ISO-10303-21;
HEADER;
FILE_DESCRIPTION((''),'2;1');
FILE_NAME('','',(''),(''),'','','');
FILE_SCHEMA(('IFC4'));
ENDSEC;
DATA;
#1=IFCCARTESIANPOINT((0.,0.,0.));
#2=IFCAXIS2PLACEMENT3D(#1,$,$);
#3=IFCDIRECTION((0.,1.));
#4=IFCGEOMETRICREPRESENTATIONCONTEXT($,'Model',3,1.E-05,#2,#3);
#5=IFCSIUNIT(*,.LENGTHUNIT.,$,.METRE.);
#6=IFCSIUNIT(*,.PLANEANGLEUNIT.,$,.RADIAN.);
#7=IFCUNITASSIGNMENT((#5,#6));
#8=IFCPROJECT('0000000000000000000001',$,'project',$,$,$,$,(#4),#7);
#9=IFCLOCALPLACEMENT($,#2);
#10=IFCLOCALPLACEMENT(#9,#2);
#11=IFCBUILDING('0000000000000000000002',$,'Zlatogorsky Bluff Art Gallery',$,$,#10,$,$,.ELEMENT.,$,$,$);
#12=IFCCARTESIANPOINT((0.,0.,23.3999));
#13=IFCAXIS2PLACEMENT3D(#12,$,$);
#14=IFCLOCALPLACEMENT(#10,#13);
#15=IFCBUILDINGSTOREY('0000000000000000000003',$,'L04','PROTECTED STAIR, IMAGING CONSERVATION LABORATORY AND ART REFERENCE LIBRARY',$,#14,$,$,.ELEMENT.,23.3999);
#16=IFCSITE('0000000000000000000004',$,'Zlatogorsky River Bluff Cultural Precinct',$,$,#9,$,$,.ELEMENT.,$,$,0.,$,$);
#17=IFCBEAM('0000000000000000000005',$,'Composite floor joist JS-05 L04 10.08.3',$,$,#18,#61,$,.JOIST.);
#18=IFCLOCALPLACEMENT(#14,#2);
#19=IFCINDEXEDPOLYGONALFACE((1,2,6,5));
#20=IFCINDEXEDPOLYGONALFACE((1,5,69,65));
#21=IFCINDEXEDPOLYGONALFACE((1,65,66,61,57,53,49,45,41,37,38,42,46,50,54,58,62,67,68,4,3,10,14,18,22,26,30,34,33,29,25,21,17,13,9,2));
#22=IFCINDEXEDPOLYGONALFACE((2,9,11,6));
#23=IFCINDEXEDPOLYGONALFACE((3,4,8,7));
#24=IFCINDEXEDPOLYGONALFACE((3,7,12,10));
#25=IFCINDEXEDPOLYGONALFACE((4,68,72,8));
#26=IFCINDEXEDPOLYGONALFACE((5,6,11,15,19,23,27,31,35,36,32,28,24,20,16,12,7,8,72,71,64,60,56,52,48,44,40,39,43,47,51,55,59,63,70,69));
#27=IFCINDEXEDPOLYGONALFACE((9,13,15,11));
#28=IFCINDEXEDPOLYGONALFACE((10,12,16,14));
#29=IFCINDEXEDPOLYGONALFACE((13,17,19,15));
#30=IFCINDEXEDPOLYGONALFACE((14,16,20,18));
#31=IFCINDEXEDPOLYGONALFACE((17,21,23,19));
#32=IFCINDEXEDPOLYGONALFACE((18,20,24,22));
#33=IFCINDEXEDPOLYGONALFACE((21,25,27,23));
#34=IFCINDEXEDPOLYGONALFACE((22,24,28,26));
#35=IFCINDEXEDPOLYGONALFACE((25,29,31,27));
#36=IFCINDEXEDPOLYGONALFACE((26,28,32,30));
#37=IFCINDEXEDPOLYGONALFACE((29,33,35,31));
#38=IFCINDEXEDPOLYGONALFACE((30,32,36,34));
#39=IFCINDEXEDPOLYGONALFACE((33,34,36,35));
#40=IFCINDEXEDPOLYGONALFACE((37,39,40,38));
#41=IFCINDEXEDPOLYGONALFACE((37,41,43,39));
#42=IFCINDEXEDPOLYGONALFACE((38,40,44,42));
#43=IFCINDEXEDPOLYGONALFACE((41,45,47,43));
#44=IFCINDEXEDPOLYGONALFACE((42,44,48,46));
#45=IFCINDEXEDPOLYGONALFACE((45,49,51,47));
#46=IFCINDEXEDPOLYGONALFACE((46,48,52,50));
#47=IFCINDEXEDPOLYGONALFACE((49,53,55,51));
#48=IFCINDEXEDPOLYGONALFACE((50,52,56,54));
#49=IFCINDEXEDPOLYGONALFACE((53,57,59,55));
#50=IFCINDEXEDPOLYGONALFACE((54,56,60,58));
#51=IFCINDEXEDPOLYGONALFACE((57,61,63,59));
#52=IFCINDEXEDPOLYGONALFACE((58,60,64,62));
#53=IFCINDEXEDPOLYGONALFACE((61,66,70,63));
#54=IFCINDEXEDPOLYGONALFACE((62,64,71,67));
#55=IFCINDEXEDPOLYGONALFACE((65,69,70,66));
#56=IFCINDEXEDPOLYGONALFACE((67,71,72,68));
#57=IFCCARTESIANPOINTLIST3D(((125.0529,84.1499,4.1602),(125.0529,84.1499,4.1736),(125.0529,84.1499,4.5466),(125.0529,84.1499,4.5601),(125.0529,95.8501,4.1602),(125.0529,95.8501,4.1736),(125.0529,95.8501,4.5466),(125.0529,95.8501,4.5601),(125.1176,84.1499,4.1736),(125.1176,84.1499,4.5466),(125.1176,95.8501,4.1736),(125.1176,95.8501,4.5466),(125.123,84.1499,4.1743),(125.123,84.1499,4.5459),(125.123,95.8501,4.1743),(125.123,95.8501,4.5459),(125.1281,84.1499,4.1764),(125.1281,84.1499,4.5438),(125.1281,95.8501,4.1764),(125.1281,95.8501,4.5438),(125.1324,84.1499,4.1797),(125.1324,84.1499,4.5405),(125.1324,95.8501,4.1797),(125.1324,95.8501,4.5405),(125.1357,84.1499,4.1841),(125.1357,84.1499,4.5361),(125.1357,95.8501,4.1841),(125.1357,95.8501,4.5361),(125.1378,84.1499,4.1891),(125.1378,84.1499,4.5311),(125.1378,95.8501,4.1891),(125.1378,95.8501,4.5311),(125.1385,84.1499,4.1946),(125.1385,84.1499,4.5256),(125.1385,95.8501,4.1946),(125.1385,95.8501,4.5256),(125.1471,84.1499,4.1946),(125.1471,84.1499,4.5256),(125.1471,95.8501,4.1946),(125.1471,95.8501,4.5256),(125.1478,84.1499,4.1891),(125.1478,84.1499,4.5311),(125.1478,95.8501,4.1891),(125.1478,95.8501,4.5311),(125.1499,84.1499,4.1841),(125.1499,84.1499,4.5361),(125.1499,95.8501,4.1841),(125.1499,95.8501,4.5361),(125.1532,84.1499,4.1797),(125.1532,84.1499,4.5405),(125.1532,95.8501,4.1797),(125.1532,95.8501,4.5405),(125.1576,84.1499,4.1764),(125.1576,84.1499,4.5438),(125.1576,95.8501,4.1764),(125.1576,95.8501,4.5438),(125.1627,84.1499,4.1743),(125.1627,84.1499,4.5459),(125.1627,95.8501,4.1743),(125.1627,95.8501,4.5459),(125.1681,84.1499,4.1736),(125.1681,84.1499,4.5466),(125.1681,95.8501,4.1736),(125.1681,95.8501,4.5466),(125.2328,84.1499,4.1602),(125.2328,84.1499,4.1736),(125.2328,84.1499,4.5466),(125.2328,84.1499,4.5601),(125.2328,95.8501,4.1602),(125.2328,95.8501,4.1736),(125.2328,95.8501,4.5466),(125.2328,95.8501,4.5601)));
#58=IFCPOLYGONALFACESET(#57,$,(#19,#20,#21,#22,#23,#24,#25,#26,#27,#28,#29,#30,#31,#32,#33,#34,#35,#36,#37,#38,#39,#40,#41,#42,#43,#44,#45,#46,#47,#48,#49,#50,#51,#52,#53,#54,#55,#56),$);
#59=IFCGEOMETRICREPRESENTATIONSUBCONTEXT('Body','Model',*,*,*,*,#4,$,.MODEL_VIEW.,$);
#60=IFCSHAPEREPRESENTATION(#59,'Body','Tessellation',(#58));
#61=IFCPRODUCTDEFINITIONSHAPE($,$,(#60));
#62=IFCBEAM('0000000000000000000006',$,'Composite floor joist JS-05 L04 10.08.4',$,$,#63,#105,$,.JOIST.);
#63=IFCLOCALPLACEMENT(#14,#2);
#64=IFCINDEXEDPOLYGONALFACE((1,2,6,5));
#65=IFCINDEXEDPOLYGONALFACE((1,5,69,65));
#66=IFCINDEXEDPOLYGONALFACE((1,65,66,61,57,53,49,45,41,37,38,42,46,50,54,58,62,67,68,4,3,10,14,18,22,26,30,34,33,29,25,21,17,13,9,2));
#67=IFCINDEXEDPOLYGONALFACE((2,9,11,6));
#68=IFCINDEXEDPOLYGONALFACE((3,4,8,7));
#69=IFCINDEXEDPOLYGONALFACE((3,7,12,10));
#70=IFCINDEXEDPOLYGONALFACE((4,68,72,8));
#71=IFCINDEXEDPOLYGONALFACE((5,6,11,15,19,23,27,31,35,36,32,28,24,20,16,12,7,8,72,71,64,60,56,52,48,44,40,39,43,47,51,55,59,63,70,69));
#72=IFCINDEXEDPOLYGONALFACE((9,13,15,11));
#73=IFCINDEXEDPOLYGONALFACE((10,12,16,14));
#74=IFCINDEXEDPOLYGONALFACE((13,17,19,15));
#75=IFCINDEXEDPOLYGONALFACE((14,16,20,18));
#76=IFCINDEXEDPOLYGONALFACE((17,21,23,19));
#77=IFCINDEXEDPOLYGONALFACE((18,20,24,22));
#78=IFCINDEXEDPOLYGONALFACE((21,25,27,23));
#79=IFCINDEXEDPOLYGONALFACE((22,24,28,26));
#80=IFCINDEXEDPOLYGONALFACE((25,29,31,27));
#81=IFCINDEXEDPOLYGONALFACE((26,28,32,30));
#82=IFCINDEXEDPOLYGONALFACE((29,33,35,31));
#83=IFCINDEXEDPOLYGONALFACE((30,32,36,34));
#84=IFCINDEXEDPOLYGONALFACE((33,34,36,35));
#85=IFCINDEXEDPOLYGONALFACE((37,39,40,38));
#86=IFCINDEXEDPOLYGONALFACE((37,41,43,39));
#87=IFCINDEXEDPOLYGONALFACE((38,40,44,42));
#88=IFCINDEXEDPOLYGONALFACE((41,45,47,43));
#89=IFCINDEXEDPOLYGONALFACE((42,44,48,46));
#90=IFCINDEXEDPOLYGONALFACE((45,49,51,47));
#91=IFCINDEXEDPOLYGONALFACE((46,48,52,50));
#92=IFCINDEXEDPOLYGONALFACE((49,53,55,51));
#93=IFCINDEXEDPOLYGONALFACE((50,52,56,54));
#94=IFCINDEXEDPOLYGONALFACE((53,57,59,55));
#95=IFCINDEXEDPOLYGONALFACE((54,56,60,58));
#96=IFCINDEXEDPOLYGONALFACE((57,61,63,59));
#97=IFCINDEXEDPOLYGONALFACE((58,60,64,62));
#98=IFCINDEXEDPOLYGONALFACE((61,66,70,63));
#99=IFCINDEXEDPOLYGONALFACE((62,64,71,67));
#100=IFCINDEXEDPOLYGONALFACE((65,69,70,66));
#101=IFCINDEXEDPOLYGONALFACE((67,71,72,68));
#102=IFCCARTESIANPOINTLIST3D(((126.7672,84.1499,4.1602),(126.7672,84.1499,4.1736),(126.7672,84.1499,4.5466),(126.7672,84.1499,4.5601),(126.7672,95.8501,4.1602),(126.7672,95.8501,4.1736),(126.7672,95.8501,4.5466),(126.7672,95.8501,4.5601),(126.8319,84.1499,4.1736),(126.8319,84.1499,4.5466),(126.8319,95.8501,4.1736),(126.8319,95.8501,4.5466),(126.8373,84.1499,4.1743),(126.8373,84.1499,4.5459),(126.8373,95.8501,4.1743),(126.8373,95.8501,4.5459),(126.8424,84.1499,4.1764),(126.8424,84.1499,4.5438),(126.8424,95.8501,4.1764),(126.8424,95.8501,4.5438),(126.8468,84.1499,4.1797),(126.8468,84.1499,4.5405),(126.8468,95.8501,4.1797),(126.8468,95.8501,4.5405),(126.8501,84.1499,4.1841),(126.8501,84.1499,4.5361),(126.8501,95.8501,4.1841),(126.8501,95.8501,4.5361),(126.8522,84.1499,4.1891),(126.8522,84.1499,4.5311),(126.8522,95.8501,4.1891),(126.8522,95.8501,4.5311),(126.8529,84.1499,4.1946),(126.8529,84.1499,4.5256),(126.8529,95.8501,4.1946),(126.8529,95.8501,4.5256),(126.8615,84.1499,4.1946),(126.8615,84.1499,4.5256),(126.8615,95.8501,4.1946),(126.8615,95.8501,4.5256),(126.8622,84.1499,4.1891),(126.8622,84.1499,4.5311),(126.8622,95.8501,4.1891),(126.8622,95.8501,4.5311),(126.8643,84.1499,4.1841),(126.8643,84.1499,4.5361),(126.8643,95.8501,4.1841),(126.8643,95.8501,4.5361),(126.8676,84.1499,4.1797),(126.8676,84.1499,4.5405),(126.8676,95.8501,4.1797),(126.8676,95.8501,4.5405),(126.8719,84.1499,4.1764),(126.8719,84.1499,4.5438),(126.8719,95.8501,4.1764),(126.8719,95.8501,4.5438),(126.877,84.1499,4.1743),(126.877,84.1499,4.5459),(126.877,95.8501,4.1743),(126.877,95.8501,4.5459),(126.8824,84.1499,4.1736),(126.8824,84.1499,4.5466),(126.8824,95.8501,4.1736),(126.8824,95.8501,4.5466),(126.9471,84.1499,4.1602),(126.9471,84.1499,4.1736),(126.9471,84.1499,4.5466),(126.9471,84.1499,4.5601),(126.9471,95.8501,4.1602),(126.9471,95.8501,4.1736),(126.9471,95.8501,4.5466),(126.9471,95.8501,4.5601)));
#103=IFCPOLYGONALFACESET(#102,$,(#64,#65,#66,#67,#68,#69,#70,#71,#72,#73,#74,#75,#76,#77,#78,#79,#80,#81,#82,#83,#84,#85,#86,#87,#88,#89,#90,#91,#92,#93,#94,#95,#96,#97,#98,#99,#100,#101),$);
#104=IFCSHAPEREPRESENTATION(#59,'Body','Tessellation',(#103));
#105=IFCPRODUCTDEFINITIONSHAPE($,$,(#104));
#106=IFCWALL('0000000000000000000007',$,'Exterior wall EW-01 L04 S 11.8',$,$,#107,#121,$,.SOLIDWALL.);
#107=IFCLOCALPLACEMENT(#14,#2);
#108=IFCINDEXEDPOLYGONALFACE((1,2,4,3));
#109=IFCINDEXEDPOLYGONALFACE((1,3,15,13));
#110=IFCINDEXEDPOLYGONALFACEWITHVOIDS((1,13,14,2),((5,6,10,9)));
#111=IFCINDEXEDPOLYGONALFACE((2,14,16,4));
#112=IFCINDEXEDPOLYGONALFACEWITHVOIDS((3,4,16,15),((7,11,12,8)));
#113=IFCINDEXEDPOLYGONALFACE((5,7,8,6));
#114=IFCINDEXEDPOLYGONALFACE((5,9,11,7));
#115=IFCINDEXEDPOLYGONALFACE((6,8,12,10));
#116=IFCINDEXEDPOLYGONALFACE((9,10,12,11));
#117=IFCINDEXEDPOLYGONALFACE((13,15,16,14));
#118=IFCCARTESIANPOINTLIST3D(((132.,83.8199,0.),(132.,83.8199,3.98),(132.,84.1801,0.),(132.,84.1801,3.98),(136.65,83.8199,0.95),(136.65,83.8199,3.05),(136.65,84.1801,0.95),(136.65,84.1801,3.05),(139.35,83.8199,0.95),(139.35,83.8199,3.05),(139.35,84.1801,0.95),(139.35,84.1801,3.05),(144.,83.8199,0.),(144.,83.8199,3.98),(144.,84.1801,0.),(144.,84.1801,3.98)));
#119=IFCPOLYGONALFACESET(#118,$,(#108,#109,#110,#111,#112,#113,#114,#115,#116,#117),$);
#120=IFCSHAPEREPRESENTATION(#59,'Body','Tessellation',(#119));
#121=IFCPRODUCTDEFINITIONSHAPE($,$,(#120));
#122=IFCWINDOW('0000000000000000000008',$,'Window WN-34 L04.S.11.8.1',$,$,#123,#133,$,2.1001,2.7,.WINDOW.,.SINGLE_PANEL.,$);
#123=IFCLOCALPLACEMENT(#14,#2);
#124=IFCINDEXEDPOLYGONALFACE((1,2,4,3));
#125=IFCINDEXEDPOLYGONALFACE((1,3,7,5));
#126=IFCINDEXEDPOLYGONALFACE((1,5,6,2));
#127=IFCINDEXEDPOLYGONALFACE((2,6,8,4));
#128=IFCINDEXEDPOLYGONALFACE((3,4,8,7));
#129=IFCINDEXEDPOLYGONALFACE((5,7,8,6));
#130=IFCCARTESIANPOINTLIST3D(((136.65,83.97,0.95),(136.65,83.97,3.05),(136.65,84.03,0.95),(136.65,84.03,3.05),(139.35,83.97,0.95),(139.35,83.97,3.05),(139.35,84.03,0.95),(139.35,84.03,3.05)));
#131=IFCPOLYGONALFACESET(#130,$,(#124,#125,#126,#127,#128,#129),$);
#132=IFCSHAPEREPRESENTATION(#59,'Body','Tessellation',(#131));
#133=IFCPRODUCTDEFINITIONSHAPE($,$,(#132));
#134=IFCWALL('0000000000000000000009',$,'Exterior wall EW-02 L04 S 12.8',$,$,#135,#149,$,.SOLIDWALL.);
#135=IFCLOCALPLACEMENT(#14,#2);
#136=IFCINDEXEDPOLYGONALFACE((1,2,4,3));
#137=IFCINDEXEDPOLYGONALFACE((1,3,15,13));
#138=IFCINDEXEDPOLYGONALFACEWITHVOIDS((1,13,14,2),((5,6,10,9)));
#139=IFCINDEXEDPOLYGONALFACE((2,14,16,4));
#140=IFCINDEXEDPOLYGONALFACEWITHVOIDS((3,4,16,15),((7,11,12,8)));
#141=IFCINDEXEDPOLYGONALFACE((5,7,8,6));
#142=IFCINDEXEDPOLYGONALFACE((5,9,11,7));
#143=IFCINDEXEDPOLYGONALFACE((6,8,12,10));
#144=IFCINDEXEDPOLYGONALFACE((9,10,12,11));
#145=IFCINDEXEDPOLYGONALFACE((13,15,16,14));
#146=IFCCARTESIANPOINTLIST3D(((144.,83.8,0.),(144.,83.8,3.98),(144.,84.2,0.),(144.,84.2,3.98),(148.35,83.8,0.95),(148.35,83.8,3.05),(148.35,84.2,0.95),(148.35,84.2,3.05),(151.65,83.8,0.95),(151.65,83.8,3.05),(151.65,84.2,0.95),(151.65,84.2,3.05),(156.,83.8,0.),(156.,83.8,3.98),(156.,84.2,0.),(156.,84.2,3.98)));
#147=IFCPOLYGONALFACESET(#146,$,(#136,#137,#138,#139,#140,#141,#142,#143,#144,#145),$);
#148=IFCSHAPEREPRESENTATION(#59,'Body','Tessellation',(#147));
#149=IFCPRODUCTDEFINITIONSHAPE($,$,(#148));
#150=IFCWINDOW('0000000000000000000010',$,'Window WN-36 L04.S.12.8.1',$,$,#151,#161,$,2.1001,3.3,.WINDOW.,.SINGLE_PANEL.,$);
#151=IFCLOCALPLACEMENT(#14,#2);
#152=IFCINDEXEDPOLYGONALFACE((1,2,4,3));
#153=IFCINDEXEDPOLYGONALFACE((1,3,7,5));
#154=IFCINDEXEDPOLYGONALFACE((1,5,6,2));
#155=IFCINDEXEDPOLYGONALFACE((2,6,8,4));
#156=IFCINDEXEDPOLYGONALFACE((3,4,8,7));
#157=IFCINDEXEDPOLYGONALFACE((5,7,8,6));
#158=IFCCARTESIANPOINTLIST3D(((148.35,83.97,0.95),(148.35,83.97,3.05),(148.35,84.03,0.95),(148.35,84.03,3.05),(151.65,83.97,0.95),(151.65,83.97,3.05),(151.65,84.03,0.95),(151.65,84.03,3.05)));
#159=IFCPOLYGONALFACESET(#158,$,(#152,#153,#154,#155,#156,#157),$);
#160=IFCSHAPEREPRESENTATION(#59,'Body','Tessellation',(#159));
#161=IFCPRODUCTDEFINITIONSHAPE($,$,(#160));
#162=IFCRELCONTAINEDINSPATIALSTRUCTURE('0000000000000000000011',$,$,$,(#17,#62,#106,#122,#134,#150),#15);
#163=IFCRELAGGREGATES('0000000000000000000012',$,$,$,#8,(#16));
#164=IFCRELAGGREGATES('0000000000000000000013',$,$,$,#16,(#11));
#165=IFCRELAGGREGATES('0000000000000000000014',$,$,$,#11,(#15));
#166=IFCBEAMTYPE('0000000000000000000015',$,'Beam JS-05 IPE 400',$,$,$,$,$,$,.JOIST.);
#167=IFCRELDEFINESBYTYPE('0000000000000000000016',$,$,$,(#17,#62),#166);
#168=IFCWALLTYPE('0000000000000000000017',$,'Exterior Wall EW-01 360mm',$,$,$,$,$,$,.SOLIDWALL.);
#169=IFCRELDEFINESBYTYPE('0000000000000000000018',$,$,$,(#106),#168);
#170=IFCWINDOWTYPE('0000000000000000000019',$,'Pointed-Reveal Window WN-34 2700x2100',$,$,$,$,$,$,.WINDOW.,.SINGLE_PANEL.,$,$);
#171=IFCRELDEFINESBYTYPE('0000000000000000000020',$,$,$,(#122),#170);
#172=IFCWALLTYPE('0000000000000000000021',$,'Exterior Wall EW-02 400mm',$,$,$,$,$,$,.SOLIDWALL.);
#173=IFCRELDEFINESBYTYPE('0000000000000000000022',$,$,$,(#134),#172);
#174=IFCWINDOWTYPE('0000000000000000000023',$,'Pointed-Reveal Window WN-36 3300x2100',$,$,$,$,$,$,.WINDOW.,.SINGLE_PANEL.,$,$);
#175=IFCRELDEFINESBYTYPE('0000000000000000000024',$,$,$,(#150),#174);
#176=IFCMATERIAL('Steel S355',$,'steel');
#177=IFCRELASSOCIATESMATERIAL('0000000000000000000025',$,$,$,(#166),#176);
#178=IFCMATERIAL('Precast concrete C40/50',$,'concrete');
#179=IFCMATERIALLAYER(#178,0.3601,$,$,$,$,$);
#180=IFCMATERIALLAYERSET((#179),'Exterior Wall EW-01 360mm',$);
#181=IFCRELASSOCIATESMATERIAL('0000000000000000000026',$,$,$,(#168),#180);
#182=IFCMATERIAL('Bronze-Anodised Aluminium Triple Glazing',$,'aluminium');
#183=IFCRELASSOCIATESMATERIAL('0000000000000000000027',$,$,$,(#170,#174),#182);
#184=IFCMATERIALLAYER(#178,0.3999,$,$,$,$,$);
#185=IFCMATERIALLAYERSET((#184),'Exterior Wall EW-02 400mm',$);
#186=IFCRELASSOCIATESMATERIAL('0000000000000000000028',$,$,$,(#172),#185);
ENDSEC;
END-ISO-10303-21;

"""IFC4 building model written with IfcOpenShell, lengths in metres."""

from ifc_helpers import new_model, si_unit, direction, frame, frame_2d, origin, origin_2d, place, context, subcontext, project, spatial, rectangle, i_section, extrude, material, layer, layer_set, material_profile, profile_set, type_object, element, fill, save


model = new_model("IFC4")

# Units and contexts
model_context = context("Model", 3, precision=1e-05, world=origin(), true_north=direction((0.0, 1.0)))
body_context = subcontext(model_context, "Body", "Model", "MODEL_VIEW")
ifc_project = project(units=[si_unit("LENGTHUNIT", "METRE"), si_unit("PLANEANGLEUNIT", "RADIAN")], contexts=[model_context])

# Site, building, storey
site_placement = place(None, origin())
site = spatial("IfcSite", under=ifc_project, at=site_placement, Name="Zlatogorsky River Bluff Cultural Precinct", CompositionType="ELEMENT", RefElevation=0.0)
building_placement = place(site_placement, origin())
building = spatial("IfcBuilding", under=site, at=building_placement, Name="Zlatogorsky Bluff Art Gallery", CompositionType="ELEMENT")
storey_placement = place(building_placement, frame((0.0, 0.0, 23.3999)))
storey = spatial("IfcBuildingStorey", under=building, at=storey_placement, Name="L04", Description="PROTECTED STAIR, IMAGING CONSERVATION LABORATORY AND ART REFERENCE LIBRARY", CompositionType="ELEMENT", Elevation=23.3999)

# Shared definitions
ifc_material_1 = material(Name="Steel S355", Category="steel")

# Beams
ifc_material_profile_1 = material_profile(ifc_material_1, i_section(OverallWidth=0.1799, OverallDepth=0.3999, WebThickness=0.0085, FlangeThickness=0.0134, FilletRadius=0.021, at=origin_2d()), Name="IPE 400")
ifc_profile_set_1 = profile_set([ifc_material_profile_1], Name="Steel S355")
beam_type_1 = type_object("IfcBeamType", Name="Beam JS-05 IPE 400", PredefinedType="JOIST", material=ifc_profile_set_1)
for number, where, z_axis, x_axis, name in (
    (1, (125.1428, 84.1499, 4.3601), (0.0, 1.0, 0.0), (-1.0, 0.0, 0.0), "Composite floor joist JS-05 L04 10.08.3"),
    (2, (126.8572, 84.1499, 4.3601), (0.0, 1.0, 0.0), (-1.0, 0.0, 0.0), "Composite floor joist JS-05 L04 10.08.4"),
):
    element("IfcBeam", number, at=place(storey_placement, frame(where, z_axis=z_axis, x_axis=x_axis)), inside=storey, type_object=beam_type_1, Name=name, PredefinedType="JOIST", context=body_context, shape_type="SweptSolid", body=[
        extrude(i_section(OverallWidth=0.1799, OverallDepth=0.3999, WebThickness=0.0085, FlangeThickness=0.0134, FilletRadius=0.021, at=origin_2d()), origin(), (0.0, 0.0, 1.0), 11.7002),
    ])

# Walls, openings, windows
ifc_material_2 = material(Name="Precast concrete C40/50", Category="concrete")
ifc_layer_1 = layer(ifc_material_2, 0.3601)
ifc_layer_set_1 = layer_set([ifc_layer_1], Name="Exterior Wall EW-01 360mm")
wall_type_1 = type_object("IfcWallType", Name="Exterior Wall EW-01 360mm", PredefinedType="SOLIDWALL", material=ifc_layer_set_1)
wall_1_placement = place(storey_placement, frame((132.0, 84.0, 0.0), z_axis=(0.0, 0.0, 1.0), x_axis=(1.0, 0.0, 0.0)))
wall_1 = element("IfcWall", 3, at=wall_1_placement, inside=storey, type_object=wall_type_1, Name="Exterior wall EW-01 L04 S 11.8", PredefinedType="SOLIDWALL", context=body_context, shape_type="SweptSolid", body=[
    extrude(rectangle(XDim=12.0, YDim=0.3601, at=frame_2d((6.0, 0.0))), origin(), (0.0, 0.0, 1.0), 3.98),
])
opening_1_placement = place(wall_1_placement, frame((4.6499, 0.0, 0.95)))
opening_1 = element("IfcOpeningElement", 4, at=opening_1_placement, cuts=wall_1, PredefinedType="OPENING", context=body_context, shape_type="SweptSolid", body=[
    extrude(rectangle(XDim=2.7, YDim=2.1001, at=frame_2d((1.3501, 1.05))), frame((0.0, 0.1899, 0.0), z_axis=(0.0, -1.0, 0.0), x_axis=(1.0, 0.0, 0.0)), (0.0, 0.0, 1.0), 0.3801),
])
ifc_material_3 = material(Name="Bronze-Anodised Aluminium Triple Glazing", Category="aluminium")
window_type_1 = type_object("IfcWindowType", Name="Pointed-Reveal Window WN-34 2700x2100", PartitioningType="SINGLE_PANEL", PredefinedType="WINDOW", material=ifc_material_3)
window_1_placement = place(opening_1_placement, origin())
window_1 = element("IfcWindow", 5, at=window_1_placement, inside=storey, type_object=window_type_1, Name="Window WN-34 L04.S.11.8.1", OverallHeight=2.1001, OverallWidth=2.7, PartitioningType="SINGLE_PANEL", PredefinedType="WINDOW", context=body_context, shape_type="SweptSolid", body=[
    extrude(rectangle(XDim=2.7, YDim=2.1001, at=frame_2d((1.3501, 1.05))), frame((0.0, 0.03, 0.0), z_axis=(0.0, -1.0, 0.0), x_axis=(1.0, 0.0, 0.0)), (0.0, 0.0, 1.0), 0.0601),
])
fill(opening_1, window_1)
ifc_layer_2 = layer(ifc_material_2, 0.3999)
ifc_layer_set_2 = layer_set([ifc_layer_2], Name="Exterior Wall EW-02 400mm")
wall_type_2 = type_object("IfcWallType", Name="Exterior Wall EW-02 400mm", PredefinedType="SOLIDWALL", material=ifc_layer_set_2)
wall_2_placement = place(storey_placement, frame((144.0, 84.0, 0.0), z_axis=(0.0, 0.0, 1.0), x_axis=(1.0, 0.0, 0.0)))
wall_2 = element("IfcWall", 6, at=wall_2_placement, inside=storey, type_object=wall_type_2, Name="Exterior wall EW-02 L04 S 12.8", PredefinedType="SOLIDWALL", context=body_context, shape_type="SweptSolid", body=[
    extrude(rectangle(XDim=12.0, YDim=0.3999, at=frame_2d((6.0, 0.0))), origin(), (0.0, 0.0, 1.0), 3.98),
])
opening_2_placement = place(wall_2_placement, frame((4.3501, 0.0, 0.95)))
opening_2 = element("IfcOpeningElement", 7, at=opening_2_placement, cuts=wall_2, PredefinedType="OPENING", context=body_context, shape_type="SweptSolid", body=[
    extrude(rectangle(XDim=3.3, YDim=2.1001, at=frame_2d((1.6499, 1.05))), frame((0.0, 0.21, 0.0), z_axis=(0.0, -1.0, 0.0), x_axis=(1.0, 0.0, 0.0)), (0.0, 0.0, 1.0), 0.4199),
])
window_type_2 = type_object("IfcWindowType", Name="Pointed-Reveal Window WN-36 3300x2100", PartitioningType="SINGLE_PANEL", PredefinedType="WINDOW", material=ifc_material_3)
window_2_placement = place(opening_2_placement, origin())
window_2 = element("IfcWindow", 8, at=window_2_placement, inside=storey, type_object=window_type_2, Name="Window WN-36 L04.S.12.8.1", OverallHeight=2.1001, OverallWidth=3.3, PartitioningType="SINGLE_PANEL", PredefinedType="WINDOW", context=body_context, shape_type="SweptSolid", body=[
    extrude(rectangle(XDim=3.3, YDim=2.1001, at=frame_2d((1.6499, 1.05))), frame((0.0, 0.03, 0.0), z_axis=(0.0, -1.0, 0.0), x_axis=(1.0, 0.0, 0.0)), (0.0, 0.0, 1.0), 0.0601),
])
fill(opening_2, window_2)

save(model, "model.ifc")
